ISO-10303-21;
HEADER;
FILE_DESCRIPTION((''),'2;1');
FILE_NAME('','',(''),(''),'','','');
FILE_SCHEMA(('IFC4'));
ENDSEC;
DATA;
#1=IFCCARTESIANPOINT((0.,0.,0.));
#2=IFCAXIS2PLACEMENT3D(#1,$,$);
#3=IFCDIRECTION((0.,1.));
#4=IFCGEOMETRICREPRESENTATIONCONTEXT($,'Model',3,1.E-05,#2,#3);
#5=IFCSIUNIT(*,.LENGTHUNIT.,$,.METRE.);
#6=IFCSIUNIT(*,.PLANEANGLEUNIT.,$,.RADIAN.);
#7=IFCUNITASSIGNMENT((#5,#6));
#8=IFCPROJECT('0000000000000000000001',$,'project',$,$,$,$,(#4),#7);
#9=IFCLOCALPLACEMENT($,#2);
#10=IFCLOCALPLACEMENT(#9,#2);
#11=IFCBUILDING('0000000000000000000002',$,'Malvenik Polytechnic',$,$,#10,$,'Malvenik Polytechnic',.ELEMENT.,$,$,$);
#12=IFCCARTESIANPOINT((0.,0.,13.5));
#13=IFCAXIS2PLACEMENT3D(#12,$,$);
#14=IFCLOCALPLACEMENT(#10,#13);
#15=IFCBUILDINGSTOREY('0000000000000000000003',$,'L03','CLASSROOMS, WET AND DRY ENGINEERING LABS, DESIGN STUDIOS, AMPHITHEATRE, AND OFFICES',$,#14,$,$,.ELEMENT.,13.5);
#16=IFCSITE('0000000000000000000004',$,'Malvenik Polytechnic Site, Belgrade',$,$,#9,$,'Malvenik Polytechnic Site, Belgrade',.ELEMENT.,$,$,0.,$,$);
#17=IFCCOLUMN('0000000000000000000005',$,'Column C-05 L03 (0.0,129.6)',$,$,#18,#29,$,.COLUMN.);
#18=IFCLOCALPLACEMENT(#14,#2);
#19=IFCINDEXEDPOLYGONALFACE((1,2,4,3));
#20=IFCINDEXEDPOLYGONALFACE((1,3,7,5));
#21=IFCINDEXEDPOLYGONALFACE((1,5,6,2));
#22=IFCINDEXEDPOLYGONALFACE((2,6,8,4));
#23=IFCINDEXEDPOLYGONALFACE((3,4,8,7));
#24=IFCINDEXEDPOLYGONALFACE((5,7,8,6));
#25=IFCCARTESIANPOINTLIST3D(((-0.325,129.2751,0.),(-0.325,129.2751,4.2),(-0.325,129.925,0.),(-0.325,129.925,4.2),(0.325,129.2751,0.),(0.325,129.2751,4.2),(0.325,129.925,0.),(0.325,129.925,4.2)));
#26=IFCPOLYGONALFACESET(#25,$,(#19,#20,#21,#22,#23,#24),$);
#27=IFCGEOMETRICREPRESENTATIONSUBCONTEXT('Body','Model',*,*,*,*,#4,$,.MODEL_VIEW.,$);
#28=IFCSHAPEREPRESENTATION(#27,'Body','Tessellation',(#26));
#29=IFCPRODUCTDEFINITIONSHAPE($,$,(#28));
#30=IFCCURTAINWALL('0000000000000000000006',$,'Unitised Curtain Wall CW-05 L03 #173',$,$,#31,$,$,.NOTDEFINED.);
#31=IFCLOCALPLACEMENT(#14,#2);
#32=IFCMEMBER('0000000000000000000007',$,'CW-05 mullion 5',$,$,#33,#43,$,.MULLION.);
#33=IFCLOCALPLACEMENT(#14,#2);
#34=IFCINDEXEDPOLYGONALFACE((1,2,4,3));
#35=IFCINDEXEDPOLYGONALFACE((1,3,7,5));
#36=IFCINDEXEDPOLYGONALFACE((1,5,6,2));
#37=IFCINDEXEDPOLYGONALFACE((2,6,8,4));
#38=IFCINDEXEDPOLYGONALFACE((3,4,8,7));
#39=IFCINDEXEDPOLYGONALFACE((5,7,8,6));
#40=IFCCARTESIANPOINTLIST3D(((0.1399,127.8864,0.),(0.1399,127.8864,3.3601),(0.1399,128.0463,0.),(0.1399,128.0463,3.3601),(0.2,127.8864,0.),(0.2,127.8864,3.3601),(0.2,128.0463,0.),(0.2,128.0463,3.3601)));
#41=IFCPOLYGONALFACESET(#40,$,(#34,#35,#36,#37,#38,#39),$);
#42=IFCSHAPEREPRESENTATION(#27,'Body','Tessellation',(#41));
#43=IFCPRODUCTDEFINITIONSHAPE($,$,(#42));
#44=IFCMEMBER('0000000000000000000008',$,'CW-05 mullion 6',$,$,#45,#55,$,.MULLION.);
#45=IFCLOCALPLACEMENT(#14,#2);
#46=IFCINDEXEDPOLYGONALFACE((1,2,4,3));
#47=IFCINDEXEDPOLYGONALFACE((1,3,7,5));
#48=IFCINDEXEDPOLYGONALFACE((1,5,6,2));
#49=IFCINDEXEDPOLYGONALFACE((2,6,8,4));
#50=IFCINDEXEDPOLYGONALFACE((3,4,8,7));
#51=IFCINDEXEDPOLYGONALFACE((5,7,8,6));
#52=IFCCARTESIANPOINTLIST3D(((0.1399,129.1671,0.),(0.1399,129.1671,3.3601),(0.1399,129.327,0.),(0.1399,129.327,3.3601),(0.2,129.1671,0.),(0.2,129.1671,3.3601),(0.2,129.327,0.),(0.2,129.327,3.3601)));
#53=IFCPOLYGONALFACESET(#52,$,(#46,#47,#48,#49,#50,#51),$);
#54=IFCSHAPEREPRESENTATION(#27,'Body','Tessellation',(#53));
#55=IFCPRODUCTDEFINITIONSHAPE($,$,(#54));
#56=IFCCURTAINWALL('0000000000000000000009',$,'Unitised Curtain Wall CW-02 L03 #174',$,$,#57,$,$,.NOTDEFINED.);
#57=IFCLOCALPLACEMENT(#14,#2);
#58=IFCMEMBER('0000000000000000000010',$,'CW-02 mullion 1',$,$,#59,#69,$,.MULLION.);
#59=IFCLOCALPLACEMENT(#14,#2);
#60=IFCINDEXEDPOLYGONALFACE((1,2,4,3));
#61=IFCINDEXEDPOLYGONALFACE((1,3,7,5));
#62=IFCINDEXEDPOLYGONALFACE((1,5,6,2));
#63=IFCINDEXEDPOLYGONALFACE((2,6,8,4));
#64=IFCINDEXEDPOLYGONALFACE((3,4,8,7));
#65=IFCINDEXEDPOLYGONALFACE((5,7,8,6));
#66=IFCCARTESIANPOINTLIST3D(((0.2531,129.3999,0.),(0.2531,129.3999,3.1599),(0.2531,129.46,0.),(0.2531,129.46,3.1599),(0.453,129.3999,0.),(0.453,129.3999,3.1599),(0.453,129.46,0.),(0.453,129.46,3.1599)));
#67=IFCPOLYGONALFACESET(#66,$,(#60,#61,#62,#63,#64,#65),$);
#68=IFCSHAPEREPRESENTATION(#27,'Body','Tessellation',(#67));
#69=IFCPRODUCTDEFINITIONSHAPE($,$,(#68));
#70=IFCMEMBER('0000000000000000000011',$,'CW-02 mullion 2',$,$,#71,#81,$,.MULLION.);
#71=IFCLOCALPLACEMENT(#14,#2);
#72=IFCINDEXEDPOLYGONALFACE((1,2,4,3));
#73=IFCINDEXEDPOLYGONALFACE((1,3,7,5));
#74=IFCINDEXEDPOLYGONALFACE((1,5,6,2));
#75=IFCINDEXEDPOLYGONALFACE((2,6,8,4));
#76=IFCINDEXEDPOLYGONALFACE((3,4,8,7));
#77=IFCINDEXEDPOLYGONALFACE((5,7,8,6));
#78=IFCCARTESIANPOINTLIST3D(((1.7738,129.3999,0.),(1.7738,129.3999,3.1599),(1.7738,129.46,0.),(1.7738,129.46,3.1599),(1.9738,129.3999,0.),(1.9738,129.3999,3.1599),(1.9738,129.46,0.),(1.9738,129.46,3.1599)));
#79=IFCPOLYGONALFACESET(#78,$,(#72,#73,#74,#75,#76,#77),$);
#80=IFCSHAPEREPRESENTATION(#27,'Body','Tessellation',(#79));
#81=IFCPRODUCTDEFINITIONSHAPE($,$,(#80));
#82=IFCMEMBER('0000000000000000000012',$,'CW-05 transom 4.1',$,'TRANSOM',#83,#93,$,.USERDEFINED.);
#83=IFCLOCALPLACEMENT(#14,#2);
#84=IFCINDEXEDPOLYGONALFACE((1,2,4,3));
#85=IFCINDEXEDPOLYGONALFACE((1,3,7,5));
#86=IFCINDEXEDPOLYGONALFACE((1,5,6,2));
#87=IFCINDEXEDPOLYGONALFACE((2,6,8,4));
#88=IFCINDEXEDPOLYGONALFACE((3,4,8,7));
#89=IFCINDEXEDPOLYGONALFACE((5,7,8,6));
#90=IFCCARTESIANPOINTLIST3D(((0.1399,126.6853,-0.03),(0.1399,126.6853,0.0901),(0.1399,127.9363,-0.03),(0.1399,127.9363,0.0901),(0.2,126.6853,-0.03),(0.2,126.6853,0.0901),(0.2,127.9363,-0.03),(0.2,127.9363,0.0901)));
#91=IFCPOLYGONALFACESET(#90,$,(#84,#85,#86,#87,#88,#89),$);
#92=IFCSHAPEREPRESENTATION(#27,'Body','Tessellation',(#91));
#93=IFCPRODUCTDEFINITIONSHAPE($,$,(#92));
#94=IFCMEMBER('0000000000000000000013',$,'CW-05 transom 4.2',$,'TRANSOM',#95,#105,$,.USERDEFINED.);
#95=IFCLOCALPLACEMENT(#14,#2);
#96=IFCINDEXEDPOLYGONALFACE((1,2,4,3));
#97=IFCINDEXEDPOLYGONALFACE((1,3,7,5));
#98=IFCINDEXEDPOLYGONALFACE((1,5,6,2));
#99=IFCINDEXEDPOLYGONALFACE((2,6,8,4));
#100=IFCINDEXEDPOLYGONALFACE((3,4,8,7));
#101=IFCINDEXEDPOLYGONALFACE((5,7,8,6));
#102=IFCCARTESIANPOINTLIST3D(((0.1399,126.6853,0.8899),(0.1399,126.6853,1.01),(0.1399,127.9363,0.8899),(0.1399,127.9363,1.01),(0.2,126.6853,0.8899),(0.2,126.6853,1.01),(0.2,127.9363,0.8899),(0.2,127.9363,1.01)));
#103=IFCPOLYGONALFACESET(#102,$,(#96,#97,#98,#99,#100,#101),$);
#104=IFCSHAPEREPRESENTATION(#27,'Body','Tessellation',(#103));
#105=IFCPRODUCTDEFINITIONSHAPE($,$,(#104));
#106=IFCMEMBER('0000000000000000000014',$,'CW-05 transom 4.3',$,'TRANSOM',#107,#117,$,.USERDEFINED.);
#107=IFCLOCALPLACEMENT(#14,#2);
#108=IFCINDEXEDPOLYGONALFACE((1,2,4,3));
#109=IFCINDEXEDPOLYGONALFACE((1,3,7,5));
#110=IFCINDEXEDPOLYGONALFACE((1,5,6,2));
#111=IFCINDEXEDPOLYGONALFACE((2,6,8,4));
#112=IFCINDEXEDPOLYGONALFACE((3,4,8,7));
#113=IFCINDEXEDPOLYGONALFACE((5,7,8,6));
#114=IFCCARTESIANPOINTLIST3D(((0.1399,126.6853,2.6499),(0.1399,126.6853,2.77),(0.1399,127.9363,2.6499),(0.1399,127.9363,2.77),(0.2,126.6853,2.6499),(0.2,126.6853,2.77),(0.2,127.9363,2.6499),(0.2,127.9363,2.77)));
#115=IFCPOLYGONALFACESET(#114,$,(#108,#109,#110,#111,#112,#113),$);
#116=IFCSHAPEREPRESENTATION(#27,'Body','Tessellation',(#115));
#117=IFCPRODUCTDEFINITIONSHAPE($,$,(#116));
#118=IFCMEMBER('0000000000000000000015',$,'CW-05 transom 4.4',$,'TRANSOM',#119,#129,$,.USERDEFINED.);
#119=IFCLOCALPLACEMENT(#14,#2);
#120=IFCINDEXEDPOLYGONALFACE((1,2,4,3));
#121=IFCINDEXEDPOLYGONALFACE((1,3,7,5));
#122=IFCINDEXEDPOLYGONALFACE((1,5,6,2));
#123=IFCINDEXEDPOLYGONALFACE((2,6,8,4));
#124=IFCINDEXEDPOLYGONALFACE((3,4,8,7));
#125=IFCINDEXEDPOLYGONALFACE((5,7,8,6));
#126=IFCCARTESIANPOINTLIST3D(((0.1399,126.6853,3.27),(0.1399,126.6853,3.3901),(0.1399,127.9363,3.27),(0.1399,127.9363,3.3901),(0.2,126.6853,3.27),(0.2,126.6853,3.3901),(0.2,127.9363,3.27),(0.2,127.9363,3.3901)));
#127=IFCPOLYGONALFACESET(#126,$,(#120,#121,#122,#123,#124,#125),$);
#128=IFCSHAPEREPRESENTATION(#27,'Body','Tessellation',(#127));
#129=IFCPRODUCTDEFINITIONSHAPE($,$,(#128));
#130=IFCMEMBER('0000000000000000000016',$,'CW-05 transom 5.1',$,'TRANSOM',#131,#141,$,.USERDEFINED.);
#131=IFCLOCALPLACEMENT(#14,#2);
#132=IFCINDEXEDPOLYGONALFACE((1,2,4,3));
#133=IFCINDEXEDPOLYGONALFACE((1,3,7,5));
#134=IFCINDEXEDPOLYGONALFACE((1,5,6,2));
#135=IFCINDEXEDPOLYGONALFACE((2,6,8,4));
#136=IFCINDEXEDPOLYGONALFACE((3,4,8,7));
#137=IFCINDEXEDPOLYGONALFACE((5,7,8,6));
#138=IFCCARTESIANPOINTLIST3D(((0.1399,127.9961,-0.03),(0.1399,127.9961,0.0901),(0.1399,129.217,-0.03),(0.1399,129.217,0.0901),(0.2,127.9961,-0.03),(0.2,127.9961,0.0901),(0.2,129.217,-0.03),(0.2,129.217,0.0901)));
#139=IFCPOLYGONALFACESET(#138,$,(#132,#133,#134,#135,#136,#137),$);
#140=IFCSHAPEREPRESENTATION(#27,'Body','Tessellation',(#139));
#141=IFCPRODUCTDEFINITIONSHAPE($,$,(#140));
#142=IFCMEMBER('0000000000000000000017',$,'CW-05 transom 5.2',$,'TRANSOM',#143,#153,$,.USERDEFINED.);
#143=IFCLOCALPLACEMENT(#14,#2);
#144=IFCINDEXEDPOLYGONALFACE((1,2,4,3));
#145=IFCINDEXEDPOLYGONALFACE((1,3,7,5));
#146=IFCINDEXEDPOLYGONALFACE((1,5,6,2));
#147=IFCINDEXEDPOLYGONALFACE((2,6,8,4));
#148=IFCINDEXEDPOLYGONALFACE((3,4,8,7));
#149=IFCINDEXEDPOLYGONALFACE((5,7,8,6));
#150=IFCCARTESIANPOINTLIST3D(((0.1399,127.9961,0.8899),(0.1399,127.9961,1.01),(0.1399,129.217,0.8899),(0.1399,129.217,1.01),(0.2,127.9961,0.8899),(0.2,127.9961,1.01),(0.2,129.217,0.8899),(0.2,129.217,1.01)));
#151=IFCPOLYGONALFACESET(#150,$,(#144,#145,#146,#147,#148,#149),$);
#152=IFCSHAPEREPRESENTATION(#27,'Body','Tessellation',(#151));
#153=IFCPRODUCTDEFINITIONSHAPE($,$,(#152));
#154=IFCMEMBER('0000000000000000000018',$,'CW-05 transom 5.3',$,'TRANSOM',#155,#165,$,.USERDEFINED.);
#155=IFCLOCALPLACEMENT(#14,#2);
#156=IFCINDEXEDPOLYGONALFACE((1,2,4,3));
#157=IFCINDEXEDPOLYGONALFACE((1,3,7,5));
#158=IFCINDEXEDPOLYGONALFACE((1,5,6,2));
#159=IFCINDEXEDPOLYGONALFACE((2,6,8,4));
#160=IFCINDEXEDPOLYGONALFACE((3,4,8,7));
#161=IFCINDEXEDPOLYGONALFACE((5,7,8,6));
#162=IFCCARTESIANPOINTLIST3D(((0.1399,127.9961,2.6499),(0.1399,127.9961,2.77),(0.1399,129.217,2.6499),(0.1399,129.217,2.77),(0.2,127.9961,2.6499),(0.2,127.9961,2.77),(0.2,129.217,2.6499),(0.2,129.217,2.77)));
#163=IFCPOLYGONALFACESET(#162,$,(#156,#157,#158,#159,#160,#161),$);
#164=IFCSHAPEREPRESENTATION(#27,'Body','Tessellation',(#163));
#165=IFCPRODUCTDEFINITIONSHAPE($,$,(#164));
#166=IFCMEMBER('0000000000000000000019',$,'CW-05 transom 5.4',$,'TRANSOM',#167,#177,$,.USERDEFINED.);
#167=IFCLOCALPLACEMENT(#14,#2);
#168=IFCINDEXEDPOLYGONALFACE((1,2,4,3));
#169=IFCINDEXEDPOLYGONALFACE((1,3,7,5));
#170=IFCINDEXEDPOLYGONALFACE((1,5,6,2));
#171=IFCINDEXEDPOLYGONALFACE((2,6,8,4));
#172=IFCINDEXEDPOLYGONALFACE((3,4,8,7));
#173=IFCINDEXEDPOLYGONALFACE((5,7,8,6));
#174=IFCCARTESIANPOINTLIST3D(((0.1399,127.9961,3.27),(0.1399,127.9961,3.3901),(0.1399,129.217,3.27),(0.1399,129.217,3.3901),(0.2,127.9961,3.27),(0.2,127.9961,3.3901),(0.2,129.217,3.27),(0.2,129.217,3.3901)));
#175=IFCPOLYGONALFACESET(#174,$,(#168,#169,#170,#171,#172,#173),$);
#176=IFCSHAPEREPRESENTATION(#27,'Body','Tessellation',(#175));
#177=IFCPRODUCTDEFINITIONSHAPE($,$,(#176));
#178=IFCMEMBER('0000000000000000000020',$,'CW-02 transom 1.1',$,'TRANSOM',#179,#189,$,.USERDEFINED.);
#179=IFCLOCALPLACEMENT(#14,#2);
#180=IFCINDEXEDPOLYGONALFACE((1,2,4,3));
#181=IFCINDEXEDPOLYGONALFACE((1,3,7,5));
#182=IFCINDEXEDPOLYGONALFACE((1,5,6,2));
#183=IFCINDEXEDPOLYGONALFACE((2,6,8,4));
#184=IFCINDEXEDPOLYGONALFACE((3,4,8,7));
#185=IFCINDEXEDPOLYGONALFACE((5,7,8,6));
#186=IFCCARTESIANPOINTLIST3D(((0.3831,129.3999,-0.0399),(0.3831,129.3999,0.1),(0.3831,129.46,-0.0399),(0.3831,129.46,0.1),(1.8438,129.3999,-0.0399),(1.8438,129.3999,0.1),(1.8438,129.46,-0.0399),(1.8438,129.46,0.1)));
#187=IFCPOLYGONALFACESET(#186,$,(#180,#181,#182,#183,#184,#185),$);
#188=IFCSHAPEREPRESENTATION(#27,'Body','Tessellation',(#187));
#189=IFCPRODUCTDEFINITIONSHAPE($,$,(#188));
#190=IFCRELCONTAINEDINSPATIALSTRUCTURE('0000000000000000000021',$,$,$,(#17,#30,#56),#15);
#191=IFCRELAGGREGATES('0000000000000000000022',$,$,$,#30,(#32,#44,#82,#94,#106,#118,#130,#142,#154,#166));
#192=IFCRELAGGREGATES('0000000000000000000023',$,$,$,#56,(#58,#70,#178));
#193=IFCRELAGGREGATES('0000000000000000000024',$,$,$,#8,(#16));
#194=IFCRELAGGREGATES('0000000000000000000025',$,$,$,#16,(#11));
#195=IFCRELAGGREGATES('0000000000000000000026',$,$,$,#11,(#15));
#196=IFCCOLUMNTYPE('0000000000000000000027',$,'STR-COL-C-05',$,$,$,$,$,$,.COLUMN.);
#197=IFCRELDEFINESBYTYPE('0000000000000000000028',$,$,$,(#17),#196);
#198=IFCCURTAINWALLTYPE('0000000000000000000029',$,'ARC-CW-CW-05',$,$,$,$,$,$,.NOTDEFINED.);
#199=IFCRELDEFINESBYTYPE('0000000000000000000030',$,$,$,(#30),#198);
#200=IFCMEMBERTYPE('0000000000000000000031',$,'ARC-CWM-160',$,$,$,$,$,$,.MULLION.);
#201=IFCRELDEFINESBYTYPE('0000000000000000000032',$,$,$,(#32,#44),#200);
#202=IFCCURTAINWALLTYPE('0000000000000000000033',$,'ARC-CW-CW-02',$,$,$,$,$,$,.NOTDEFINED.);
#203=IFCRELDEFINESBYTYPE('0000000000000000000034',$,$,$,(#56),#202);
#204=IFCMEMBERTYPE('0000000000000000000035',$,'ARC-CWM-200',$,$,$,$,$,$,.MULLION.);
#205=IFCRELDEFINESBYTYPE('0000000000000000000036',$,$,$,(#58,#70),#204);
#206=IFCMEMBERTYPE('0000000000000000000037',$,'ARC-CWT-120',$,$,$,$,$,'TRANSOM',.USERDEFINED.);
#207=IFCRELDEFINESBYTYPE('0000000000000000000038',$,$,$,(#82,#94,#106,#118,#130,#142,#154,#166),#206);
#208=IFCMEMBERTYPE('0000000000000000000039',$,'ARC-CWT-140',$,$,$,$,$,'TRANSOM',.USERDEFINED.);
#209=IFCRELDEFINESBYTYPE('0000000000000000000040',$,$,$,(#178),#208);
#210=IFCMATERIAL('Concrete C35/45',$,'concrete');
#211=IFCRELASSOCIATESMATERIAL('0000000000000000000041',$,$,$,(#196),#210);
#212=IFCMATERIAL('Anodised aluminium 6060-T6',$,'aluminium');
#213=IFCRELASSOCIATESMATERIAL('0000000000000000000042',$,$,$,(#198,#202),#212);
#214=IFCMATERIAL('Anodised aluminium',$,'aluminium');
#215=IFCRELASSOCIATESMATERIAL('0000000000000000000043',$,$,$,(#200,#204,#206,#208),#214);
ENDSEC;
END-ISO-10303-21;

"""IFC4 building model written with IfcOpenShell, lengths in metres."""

from ifc_helpers import new_model, si_unit, direction, frame, origin, origin_2d, place, context, subcontext, project, spatial, rectangle, extrude, material, material_profile, profile_set, type_object, element, aggregate, save


model = new_model("IFC4")

# Units and contexts
model_context = context("Model", 3, precision=1e-05, world=origin(), true_north=direction((0.0, 1.0)))
body_context = subcontext(model_context, "Body", "Model", "MODEL_VIEW")
ifc_project = project(units=[si_unit("LENGTHUNIT", "METRE"), si_unit("PLANEANGLEUNIT", "RADIAN")], contexts=[model_context])

# Site, building, storey
site_placement = place(None, origin())
site = spatial("IfcSite", under=ifc_project, at=site_placement, Name="Malvenik Polytechnic Site, Belgrade", LongName="Malvenik Polytechnic Site, Belgrade", CompositionType="ELEMENT", RefElevation=0.0)
building_placement = place(site_placement, origin())
building = spatial("IfcBuilding", under=site, at=building_placement, Name="Malvenik Polytechnic", LongName="Malvenik Polytechnic", CompositionType="ELEMENT")
storey_placement = place(building_placement, frame((0.0, 0.0, 13.5)))
storey = spatial("IfcBuildingStorey", under=building, at=storey_placement, Name="L03", Description="CLASSROOMS, WET AND DRY ENGINEERING LABS, DESIGN STUDIOS, AMPHITHEATRE, AND OFFICES", CompositionType="ELEMENT", Elevation=13.5)

# Column
ifc_material_1 = material(Name="Concrete C35/45", Category="concrete")
ifc_material_profile_1 = material_profile(ifc_material_1, rectangle(XDim=0.6499, YDim=0.6499, at=origin_2d()), Name="RC COL 650x650")
ifc_profile_set_1 = profile_set([ifc_material_profile_1], Name="Concrete C35/45")
column_type = type_object("IfcColumnType", Name="STR-COL-C-05", PredefinedType="COLUMN", material=ifc_profile_set_1)
column_placement = place(storey_placement, frame((0.0, 129.6001, 0.0), z_axis=(0.0, 0.0, 1.0), x_axis=(1.0, 0.0, 0.0)))
element("IfcColumn", 1, at=column_placement, inside=storey, type_object=column_type, Name="Column C-05 L03 (0.0,129.6)", PredefinedType="COLUMN", context=body_context, shape_type="SweptSolid", body=[
    extrude(rectangle(XDim=0.6499, YDim=0.6499, at=origin_2d()), origin(), (0.0, 0.0, 1.0), 4.2),
])

# Curtain walls, members
ifc_material_2 = material(Name="Anodised aluminium 6060-T6", Category="aluminium")
curtain_wall_type_1 = type_object("IfcCurtainWallType", Name="ARC-CW-CW-05", PredefinedType="NOTDEFINED", material=ifc_material_2)
curtain_wall_1_placement = place(storey_placement, origin())
curtain_wall_1 = element("IfcCurtainWall", 2, at=curtain_wall_1_placement, inside=storey, type_object=curtain_wall_type_1, Name="Unitised Curtain Wall CW-05 L03 #173", PredefinedType="NOTDEFINED")
ifc_material_3 = material(Name="Anodised aluminium", Category="aluminium")
ifc_material_profile_2 = material_profile(ifc_material_3, rectangle(XDim=0.0601, YDim=0.1599, at=origin_2d()), Name="ALU MULLION 60x160")
ifc_profile_set_2 = profile_set([ifc_material_profile_2], Name="Anodised aluminium")
member_type_1 = type_object("IfcMemberType", Name="ARC-CWM-160", PredefinedType="MULLION", material=ifc_profile_set_2)
member_1_placement = place(storey_placement, frame((0.1699, 127.9663, 0.0), z_axis=(0.0, 0.0, 1.0), x_axis=(-1.0, 0.0, 0.0)))
member_1 = element("IfcMember", 3, at=member_1_placement, type_object=member_type_1, Name="CW-05 mullion 5", PredefinedType="MULLION", context=body_context, shape_type="SweptSolid", body=[
    extrude(rectangle(XDim=0.0601, YDim=0.1599, at=origin_2d()), origin(), (0.0, 0.0, 1.0), 3.3601),
])
member_2_placement = place(storey_placement, frame((0.1699, 129.2471, 0.0), z_axis=(0.0, 0.0, 1.0), x_axis=(-1.0, 0.0, 0.0)))
member_2 = element("IfcMember", 4, at=member_2_placement, type_object=member_type_1, Name="CW-05 mullion 6", PredefinedType="MULLION", context=body_context, shape_type="SweptSolid", body=[
    extrude(rectangle(XDim=0.0601, YDim=0.1599, at=origin_2d()), origin(), (0.0, 0.0, 1.0), 3.3601),
])
curtain_wall_type_2 = type_object("IfcCurtainWallType", Name="ARC-CW-CW-02", PredefinedType="NOTDEFINED", material=ifc_material_2)
curtain_wall_2_placement = place(storey_placement, origin())
curtain_wall_2 = element("IfcCurtainWall", 5, at=curtain_wall_2_placement, inside=storey, type_object=curtain_wall_type_2, Name="Unitised Curtain Wall CW-02 L03 #174", PredefinedType="NOTDEFINED")
ifc_material_profile_3 = material_profile(ifc_material_3, rectangle(XDim=0.0601, YDim=0.2, at=origin_2d()), Name="ALU MULLION 60x200")
ifc_profile_set_3 = profile_set([ifc_material_profile_3], Name="Anodised aluminium")
member_type_2 = type_object("IfcMemberType", Name="ARC-CWM-200", PredefinedType="MULLION", material=ifc_profile_set_3)
member_3_placement = place(storey_placement, frame((0.353, 129.4299, 0.0), z_axis=(0.0, 0.0, 1.0), x_axis=(0.0, 1.0, 0.0)))
member_3 = element("IfcMember", 6, at=member_3_placement, type_object=member_type_2, Name="CW-02 mullion 1", PredefinedType="MULLION", context=body_context, shape_type="SweptSolid", body=[
    extrude(rectangle(XDim=0.0601, YDim=0.2, at=origin_2d()), origin(), (0.0, 0.0, 1.0), 3.1599),
])
member_4_placement = place(storey_placement, frame((1.8738, 129.4299, 0.0), z_axis=(0.0, 0.0, 1.0), x_axis=(0.0, 1.0, 0.0)))
member_4 = element("IfcMember", 7, at=member_4_placement, type_object=member_type_2, Name="CW-02 mullion 2", PredefinedType="MULLION", context=body_context, shape_type="SweptSolid", body=[
    extrude(rectangle(XDim=0.0601, YDim=0.2, at=origin_2d()), origin(), (0.0, 0.0, 1.0), 3.1599),
])

# Members
ifc_material_profile_4 = material_profile(ifc_material_3, rectangle(XDim=0.0601, YDim=0.1201, at=origin_2d()), Name="ALU TRANSOM 60x120")
ifc_profile_set_4 = profile_set([ifc_material_profile_4], Name="Anodised aluminium")
member_type_3 = type_object("IfcMemberType", Name="ARC-CWT-120", ElementType="TRANSOM", PredefinedType="USERDEFINED", material=ifc_profile_set_4)
member_5_placement = place(storey_placement, frame((0.1699, 126.6853, 0.03), z_axis=(0.0, 1.0, 0.0), x_axis=(-1.0, 0.0, 0.0)))
member_5 = element("IfcMember", 8, at=member_5_placement, type_object=member_type_3, Name="CW-05 transom 4.1", ObjectType="TRANSOM", PredefinedType="USERDEFINED", context=body_context, shape_type="SweptSolid", body=[
    extrude(rectangle(XDim=0.0601, YDim=0.1201, at=origin_2d()), origin(), (0.0, 0.0, 1.0), 1.251),
])
member_6_placement = place(storey_placement, frame((0.1699, 126.6853, 0.95), z_axis=(0.0, 1.0, 0.0), x_axis=(-1.0, 0.0, 0.0)))
member_6 = element("IfcMember", 9, at=member_6_placement, type_object=member_type_3, Name="CW-05 transom 4.2", ObjectType="TRANSOM", PredefinedType="USERDEFINED", context=body_context, shape_type="SweptSolid", body=[
    extrude(rectangle(XDim=0.0601, YDim=0.1201, at=origin_2d()), origin(), (0.0, 0.0, 1.0), 1.251),
])
member_7_placement = place(storey_placement, frame((0.1699, 126.6853, 2.71), z_axis=(0.0, 1.0, 0.0), x_axis=(-1.0, 0.0, 0.0)))
member_7 = element("IfcMember", 10, at=member_7_placement, type_object=member_type_3, Name="CW-05 transom 4.3", ObjectType="TRANSOM", PredefinedType="USERDEFINED", context=body_context, shape_type="SweptSolid", body=[
    extrude(rectangle(XDim=0.0601, YDim=0.1201, at=origin_2d()), origin(), (0.0, 0.0, 1.0), 1.251),
])
member_8_placement = place(storey_placement, frame((0.1699, 126.6853, 3.3301), z_axis=(0.0, 1.0, 0.0), x_axis=(-1.0, 0.0, 0.0)))
member_8 = element("IfcMember", 11, at=member_8_placement, type_object=member_type_3, Name="CW-05 transom 4.4", ObjectType="TRANSOM", PredefinedType="USERDEFINED", context=body_context, shape_type="SweptSolid", body=[
    extrude(rectangle(XDim=0.0601, YDim=0.1201, at=origin_2d()), origin(), (0.0, 0.0, 1.0), 1.251),
])
member_9_placement = place(storey_placement, frame((0.1699, 127.9961, 0.03), z_axis=(0.0, 1.0, 0.0), x_axis=(-1.0, 0.0, 0.0)))
member_9 = element("IfcMember", 12, at=member_9_placement, type_object=member_type_3, Name="CW-05 transom 5.1", ObjectType="TRANSOM", PredefinedType="USERDEFINED", context=body_context, shape_type="SweptSolid", body=[
    extrude(rectangle(XDim=0.0601, YDim=0.1201, at=origin_2d()), origin(), (0.0, 0.0, 1.0), 1.2209),
])
member_10_placement = place(storey_placement, frame((0.1699, 127.9961, 0.95), z_axis=(0.0, 1.0, 0.0), x_axis=(-1.0, 0.0, 0.0)))
member_10 = element("IfcMember", 13, at=member_10_placement, type_object=member_type_3, Name="CW-05 transom 5.2", ObjectType="TRANSOM", PredefinedType="USERDEFINED", context=body_context, shape_type="SweptSolid", body=[
    extrude(rectangle(XDim=0.0601, YDim=0.1201, at=origin_2d()), origin(), (0.0, 0.0, 1.0), 1.2209),
])
member_11_placement = place(storey_placement, frame((0.1699, 127.9961, 2.71), z_axis=(0.0, 1.0, 0.0), x_axis=(-1.0, 0.0, 0.0)))
member_11 = element("IfcMember", 14, at=member_11_placement, type_object=member_type_3, Name="CW-05 transom 5.3", ObjectType="TRANSOM", PredefinedType="USERDEFINED", context=body_context, shape_type="SweptSolid", body=[
    extrude(rectangle(XDim=0.0601, YDim=0.1201, at=origin_2d()), origin(), (0.0, 0.0, 1.0), 1.2209),
])
member_12_placement = place(storey_placement, frame((0.1699, 127.9961, 3.3301), z_axis=(0.0, 1.0, 0.0), x_axis=(-1.0, 0.0, 0.0)))
member_12 = element("IfcMember", 15, at=member_12_placement, type_object=member_type_3, Name="CW-05 transom 5.4", ObjectType="TRANSOM", PredefinedType="USERDEFINED", context=body_context, shape_type="SweptSolid", body=[
    extrude(rectangle(XDim=0.0601, YDim=0.1201, at=origin_2d()), origin(), (0.0, 0.0, 1.0), 1.2209),
])
ifc_material_profile_5 = material_profile(ifc_material_3, rectangle(XDim=0.0601, YDim=0.1399, at=origin_2d()), Name="ALU TRANSOM 60x140")
ifc_profile_set_5 = profile_set([ifc_material_profile_5], Name="Anodised aluminium")
member_type_4 = type_object("IfcMemberType", Name="ARC-CWT-140", ElementType="TRANSOM", PredefinedType="USERDEFINED", material=ifc_profile_set_5)
member_13_placement = place(storey_placement, frame((0.3831, 129.4299, 0.03), z_axis=(1.0, 0.0, 0.0), x_axis=(0.0, 1.0, 0.0)))
member_13 = element("IfcMember", 16, at=member_13_placement, type_object=member_type_4, Name="CW-02 transom 1.1", ObjectType="TRANSOM", PredefinedType="USERDEFINED", context=body_context, shape_type="SweptSolid", body=[
    extrude(rectangle(XDim=0.0601, YDim=0.1399, at=origin_2d()), origin(), (0.0, 0.0, 1.0), 1.4607),
])

aggregate(curtain_wall_1, [member_1, member_2, member_5, member_6, member_7, member_8, member_9, member_10, member_11, member_12])
aggregate(curtain_wall_2, [member_3, member_4, member_13])

save(model, "model.ifc")
